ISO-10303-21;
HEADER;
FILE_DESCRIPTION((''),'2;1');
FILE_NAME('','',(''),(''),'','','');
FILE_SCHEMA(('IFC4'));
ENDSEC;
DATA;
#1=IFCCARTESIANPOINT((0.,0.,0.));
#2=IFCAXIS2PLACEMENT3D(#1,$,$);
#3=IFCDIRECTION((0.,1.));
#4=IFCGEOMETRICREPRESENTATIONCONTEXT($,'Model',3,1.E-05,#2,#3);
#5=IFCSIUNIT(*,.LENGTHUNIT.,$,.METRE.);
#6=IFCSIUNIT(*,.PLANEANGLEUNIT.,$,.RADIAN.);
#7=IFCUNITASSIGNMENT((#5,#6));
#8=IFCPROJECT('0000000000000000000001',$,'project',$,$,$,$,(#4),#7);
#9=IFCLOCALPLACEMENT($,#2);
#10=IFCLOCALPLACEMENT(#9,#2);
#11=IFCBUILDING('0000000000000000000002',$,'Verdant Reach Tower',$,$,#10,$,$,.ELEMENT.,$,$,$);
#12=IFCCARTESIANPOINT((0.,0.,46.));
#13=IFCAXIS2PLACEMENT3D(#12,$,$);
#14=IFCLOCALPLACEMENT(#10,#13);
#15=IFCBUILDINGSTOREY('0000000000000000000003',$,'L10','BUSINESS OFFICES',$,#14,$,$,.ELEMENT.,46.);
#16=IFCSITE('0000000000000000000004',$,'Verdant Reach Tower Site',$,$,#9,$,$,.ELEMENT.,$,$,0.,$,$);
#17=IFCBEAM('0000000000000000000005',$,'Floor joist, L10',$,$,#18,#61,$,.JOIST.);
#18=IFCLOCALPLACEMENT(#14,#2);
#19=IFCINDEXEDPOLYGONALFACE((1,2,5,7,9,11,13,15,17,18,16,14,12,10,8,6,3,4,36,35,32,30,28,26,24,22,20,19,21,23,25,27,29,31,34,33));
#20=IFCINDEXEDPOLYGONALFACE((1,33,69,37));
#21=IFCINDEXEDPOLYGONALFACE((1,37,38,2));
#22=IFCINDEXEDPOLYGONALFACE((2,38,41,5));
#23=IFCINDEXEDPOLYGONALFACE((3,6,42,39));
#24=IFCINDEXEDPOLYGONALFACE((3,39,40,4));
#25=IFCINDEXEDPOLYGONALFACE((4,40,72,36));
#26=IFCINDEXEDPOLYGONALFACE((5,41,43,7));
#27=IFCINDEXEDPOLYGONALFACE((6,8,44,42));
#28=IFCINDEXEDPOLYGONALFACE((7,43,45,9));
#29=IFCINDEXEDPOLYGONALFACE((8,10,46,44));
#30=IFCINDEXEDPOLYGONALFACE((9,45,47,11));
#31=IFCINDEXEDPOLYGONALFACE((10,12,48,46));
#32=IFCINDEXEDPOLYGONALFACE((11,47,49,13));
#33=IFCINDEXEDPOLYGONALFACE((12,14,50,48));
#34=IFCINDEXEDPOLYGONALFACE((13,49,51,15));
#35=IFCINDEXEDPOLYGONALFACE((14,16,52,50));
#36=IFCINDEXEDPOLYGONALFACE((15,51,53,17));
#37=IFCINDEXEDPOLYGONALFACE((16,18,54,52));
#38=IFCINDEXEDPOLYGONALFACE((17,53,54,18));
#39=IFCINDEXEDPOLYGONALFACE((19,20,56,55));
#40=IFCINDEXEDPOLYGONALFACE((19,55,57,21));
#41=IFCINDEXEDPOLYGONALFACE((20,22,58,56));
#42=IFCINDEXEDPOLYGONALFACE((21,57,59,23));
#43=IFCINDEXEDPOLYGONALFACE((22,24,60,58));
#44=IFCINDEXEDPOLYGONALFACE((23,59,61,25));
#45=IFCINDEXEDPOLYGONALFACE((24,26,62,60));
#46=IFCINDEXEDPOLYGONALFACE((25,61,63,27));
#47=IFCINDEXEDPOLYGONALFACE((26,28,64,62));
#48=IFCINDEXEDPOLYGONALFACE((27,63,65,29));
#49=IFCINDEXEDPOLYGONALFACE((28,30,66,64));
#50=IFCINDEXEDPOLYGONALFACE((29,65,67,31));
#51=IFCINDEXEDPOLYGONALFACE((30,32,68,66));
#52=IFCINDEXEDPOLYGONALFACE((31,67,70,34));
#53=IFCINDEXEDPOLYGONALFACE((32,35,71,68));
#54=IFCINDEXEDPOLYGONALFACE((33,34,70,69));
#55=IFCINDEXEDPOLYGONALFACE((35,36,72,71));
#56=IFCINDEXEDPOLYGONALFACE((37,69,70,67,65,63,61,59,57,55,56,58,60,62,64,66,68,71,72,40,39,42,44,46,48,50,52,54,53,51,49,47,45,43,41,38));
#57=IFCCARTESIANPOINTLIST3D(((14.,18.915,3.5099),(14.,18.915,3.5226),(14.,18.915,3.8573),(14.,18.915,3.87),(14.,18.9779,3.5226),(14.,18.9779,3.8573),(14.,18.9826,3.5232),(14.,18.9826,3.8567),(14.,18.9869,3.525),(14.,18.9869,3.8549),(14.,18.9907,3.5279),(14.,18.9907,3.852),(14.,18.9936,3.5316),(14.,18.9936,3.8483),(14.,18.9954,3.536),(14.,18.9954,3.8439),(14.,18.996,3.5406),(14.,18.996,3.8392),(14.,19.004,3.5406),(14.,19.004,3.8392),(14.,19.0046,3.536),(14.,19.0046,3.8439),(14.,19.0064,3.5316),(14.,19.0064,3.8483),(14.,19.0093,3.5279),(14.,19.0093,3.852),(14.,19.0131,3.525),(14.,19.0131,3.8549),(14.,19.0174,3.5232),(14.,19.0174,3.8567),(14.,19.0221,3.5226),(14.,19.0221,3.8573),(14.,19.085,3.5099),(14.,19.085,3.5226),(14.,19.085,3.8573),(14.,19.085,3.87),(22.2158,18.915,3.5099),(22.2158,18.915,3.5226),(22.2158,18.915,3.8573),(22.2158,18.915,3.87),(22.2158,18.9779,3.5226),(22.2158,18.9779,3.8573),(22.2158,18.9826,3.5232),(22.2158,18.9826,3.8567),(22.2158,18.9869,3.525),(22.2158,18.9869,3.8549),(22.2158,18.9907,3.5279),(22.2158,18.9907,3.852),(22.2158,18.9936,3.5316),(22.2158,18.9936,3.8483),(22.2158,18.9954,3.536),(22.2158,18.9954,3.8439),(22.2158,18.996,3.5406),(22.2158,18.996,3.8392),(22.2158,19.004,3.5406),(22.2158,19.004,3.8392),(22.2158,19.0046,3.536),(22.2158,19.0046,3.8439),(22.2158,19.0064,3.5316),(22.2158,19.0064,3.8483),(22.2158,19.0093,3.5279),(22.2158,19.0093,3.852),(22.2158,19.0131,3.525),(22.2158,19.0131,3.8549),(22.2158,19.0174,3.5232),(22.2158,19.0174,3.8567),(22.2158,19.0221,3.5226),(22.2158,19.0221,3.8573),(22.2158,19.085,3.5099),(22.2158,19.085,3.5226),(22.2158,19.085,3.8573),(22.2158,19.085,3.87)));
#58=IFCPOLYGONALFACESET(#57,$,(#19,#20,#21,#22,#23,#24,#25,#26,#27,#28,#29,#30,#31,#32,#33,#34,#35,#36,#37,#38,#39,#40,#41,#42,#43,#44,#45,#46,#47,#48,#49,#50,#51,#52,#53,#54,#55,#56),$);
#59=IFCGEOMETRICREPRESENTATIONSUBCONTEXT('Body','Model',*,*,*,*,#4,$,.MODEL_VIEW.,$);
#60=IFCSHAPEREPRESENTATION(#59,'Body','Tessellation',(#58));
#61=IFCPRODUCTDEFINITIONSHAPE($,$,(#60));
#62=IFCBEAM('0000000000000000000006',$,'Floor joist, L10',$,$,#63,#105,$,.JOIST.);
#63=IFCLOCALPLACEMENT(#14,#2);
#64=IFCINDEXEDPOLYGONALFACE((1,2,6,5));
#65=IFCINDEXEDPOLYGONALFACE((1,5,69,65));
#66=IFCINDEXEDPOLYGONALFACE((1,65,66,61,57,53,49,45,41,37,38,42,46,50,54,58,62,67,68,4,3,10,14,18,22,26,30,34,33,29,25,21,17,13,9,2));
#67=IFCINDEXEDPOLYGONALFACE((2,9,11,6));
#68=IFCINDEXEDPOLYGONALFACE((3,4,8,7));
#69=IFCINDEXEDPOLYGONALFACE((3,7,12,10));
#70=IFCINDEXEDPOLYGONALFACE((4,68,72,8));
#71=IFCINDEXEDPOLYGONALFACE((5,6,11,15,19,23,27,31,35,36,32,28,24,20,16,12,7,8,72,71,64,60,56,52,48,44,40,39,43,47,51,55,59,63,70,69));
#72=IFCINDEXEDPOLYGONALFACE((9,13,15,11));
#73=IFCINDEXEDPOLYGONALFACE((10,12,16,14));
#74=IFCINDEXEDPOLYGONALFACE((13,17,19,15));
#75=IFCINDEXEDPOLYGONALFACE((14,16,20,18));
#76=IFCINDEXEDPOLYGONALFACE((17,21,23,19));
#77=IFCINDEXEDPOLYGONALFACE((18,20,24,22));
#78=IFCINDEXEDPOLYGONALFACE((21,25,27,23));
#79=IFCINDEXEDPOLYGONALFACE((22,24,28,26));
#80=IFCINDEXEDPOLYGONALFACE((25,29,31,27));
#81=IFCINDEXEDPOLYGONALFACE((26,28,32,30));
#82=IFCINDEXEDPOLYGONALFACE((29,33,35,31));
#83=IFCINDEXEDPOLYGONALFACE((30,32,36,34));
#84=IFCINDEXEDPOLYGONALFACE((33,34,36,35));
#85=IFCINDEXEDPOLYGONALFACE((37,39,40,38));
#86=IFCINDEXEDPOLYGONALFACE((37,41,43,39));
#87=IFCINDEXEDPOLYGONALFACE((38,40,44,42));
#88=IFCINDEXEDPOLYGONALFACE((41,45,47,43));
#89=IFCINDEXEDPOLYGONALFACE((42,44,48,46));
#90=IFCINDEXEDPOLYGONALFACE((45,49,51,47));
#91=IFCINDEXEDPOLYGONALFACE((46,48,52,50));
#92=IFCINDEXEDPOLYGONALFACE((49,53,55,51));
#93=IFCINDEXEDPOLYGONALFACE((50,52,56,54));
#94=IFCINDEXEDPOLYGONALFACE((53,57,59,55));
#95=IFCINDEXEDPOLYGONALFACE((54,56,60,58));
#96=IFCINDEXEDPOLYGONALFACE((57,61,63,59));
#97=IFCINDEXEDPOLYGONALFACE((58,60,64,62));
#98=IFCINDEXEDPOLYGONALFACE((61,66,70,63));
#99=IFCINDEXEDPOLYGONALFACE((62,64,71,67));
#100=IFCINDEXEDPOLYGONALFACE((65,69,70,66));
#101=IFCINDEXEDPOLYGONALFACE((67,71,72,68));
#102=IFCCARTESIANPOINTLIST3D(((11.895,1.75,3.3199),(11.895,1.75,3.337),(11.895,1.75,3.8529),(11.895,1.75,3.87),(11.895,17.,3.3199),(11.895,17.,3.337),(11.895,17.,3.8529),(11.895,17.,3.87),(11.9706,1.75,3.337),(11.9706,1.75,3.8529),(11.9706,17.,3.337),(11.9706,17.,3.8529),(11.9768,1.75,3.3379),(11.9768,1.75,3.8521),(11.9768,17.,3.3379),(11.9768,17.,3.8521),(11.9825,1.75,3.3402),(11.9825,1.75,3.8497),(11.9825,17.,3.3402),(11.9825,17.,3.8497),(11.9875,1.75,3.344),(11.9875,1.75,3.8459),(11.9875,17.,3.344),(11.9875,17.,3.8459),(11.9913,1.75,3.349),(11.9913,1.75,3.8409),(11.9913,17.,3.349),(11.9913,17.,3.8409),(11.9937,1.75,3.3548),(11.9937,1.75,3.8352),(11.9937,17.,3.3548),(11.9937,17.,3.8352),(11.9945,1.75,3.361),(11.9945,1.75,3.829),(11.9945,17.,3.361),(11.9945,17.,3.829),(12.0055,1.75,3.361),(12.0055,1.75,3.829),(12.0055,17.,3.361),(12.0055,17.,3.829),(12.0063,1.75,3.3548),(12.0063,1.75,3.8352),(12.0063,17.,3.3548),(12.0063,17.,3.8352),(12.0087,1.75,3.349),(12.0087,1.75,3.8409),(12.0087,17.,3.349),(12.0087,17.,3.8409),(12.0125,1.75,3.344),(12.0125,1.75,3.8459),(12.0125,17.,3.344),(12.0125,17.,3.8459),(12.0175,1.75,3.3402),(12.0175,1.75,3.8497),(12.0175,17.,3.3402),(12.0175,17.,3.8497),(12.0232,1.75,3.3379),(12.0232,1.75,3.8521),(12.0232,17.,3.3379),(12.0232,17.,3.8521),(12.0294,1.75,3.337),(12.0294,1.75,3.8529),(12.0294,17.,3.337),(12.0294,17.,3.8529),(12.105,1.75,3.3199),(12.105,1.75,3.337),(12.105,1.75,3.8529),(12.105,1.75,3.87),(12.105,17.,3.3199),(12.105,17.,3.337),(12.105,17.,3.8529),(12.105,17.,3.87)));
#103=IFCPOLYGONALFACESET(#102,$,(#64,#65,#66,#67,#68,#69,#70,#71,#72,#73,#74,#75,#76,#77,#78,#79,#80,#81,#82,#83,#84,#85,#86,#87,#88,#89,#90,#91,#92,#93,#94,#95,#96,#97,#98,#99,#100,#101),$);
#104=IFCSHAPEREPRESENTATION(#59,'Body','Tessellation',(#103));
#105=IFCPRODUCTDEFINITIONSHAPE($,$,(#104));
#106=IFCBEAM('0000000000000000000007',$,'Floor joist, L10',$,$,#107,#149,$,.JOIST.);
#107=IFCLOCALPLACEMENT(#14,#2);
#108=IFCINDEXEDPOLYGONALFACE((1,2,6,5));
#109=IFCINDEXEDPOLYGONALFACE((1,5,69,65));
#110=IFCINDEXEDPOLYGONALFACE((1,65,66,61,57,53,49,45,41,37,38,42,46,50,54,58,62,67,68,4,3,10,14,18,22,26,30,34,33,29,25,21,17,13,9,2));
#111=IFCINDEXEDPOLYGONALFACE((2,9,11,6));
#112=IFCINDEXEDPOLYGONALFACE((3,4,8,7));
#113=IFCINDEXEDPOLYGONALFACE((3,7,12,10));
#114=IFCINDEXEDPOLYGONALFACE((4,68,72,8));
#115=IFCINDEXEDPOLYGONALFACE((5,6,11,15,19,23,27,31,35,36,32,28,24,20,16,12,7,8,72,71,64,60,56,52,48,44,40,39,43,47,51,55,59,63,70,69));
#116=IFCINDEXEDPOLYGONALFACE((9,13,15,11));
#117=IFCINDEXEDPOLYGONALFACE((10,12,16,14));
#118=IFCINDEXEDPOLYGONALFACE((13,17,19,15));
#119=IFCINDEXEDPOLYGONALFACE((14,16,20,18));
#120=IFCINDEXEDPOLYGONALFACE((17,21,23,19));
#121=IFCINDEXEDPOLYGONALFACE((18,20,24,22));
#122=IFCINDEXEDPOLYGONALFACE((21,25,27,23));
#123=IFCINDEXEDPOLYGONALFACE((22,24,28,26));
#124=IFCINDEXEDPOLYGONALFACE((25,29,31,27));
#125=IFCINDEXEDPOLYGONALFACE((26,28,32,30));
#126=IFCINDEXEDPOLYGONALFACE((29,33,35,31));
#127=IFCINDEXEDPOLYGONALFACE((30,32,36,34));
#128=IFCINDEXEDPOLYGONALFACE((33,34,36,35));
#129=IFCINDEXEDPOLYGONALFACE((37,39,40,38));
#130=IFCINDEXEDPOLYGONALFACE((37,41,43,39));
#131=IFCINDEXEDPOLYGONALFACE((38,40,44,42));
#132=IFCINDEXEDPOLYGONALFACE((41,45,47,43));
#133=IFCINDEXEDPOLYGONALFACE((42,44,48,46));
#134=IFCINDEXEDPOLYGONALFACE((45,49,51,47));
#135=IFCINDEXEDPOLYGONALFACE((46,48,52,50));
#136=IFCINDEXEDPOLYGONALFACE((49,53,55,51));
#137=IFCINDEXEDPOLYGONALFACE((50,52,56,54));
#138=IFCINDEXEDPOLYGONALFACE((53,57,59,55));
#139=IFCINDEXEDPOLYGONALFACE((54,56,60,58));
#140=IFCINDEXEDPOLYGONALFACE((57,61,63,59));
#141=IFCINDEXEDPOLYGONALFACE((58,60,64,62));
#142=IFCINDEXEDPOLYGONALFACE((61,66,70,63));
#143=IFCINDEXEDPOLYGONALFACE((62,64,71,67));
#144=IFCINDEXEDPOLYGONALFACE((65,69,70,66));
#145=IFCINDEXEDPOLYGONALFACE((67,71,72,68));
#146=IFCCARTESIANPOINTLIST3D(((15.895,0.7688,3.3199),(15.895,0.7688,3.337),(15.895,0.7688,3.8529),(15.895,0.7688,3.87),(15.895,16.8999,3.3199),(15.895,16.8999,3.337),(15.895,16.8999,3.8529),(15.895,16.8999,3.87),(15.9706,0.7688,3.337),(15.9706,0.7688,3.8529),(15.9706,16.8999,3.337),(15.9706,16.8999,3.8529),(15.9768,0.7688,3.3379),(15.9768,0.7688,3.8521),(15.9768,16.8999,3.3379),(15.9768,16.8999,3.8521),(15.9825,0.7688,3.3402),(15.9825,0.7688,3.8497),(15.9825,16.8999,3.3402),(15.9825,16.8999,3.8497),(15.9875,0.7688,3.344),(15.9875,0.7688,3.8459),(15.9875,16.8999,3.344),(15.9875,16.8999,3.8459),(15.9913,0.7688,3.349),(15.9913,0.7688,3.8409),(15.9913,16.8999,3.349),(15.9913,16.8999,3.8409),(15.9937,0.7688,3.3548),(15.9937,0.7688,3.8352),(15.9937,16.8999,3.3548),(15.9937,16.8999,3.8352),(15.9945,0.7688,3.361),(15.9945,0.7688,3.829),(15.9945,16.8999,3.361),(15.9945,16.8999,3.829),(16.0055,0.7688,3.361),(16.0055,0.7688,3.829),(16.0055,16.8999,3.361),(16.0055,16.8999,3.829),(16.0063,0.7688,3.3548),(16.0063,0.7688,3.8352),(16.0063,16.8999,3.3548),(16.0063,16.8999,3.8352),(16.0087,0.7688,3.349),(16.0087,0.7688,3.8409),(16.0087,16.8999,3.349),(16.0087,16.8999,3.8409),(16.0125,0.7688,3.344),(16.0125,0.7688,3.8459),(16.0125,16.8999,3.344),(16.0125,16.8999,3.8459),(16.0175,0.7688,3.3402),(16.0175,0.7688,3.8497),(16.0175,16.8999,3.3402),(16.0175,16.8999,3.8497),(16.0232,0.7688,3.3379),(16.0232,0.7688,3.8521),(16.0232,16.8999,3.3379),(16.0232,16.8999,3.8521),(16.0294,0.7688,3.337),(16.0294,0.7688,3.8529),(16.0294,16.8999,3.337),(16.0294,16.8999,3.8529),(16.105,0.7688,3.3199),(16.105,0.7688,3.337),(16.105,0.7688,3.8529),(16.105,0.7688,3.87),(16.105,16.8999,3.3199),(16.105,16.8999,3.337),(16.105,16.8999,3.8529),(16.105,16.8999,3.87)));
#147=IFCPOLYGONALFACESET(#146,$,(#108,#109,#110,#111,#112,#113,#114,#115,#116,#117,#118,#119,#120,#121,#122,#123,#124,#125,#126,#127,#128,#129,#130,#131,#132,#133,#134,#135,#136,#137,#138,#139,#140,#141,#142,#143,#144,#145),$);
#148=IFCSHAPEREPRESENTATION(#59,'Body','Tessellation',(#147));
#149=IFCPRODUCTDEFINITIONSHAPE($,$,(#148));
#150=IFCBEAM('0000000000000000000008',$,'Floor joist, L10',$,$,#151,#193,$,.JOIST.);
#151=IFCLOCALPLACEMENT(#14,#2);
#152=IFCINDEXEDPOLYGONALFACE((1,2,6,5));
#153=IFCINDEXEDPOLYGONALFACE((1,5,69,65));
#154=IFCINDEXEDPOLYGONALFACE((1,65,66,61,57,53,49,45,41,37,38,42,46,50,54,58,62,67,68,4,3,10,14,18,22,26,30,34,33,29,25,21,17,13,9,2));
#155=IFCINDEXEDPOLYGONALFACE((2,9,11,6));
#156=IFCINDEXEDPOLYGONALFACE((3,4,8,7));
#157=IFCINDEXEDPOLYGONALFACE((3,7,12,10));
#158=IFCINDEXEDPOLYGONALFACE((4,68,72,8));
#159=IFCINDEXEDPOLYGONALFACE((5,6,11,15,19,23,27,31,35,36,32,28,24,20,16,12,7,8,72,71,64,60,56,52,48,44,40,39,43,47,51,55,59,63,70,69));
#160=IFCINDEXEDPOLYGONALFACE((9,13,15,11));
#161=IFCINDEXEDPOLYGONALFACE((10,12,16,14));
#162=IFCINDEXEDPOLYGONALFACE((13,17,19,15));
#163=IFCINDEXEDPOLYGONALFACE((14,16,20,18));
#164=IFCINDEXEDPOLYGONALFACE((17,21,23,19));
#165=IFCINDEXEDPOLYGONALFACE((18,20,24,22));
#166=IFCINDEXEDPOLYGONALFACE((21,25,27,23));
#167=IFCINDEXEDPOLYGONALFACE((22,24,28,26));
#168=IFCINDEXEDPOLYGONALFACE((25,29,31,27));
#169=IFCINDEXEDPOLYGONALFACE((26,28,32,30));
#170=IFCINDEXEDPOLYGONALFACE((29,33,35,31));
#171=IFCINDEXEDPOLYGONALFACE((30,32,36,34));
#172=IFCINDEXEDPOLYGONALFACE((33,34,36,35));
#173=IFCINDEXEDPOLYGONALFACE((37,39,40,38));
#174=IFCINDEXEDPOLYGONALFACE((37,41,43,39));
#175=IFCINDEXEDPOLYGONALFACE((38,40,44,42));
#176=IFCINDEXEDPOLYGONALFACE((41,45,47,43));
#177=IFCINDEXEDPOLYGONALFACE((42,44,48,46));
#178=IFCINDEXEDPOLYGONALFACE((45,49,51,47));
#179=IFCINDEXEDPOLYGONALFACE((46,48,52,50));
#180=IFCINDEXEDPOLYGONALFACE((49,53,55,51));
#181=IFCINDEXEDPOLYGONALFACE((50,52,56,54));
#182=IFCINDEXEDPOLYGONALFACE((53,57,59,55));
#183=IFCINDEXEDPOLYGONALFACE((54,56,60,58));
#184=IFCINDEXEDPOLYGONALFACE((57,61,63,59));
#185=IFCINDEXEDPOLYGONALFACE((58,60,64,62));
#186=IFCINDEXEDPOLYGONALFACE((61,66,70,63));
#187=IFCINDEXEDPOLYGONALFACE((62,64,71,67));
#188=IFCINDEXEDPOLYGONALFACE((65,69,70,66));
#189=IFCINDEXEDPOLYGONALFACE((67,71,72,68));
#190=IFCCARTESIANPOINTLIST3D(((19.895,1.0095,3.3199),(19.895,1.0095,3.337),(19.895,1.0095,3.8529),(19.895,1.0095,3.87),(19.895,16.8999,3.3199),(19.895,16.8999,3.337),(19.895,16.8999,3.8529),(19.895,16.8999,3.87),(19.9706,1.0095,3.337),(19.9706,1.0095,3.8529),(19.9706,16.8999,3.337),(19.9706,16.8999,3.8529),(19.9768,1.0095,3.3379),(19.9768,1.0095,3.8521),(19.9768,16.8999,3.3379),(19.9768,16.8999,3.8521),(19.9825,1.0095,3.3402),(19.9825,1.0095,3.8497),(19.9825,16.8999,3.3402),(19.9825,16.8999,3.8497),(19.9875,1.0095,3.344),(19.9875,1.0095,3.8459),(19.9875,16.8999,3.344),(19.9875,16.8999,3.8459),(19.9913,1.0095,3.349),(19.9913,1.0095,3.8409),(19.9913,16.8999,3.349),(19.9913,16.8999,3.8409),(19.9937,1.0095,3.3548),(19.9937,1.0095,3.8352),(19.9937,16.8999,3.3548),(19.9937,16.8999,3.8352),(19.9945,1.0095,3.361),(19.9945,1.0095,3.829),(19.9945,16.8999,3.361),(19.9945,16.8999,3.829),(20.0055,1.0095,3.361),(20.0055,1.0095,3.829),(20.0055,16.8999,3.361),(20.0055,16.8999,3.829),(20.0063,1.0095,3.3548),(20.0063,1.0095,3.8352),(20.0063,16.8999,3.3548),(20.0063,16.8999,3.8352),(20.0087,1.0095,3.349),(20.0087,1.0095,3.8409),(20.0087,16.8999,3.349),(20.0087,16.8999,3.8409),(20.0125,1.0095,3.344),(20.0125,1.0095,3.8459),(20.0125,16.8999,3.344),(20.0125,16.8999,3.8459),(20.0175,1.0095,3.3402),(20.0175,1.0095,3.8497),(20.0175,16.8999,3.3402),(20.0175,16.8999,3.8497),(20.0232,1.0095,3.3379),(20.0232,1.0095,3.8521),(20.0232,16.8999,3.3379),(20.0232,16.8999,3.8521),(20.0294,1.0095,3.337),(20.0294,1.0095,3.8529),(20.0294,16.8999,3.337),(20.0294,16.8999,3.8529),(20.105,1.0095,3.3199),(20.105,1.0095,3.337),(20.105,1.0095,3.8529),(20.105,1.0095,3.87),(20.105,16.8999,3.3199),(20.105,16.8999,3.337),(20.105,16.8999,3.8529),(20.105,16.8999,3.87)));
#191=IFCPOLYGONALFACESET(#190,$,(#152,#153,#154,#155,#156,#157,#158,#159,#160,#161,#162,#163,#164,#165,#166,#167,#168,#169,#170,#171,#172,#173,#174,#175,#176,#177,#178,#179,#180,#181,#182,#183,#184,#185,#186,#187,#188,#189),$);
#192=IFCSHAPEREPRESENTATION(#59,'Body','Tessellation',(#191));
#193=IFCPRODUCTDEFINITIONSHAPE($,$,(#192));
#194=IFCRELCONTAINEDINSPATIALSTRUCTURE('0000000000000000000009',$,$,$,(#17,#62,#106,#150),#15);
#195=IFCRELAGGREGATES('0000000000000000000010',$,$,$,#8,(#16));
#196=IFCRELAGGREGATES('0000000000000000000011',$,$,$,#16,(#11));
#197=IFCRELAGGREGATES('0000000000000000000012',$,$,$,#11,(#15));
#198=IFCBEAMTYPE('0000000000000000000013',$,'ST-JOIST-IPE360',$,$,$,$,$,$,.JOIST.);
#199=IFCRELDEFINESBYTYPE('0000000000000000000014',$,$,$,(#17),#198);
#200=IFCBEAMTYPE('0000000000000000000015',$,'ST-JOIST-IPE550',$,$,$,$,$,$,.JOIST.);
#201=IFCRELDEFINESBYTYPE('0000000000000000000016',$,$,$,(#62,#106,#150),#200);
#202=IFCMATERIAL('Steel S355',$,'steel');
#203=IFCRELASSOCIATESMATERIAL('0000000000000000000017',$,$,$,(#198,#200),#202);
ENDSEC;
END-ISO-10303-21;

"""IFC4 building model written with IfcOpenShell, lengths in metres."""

from ifc_helpers import new_model, si_unit, direction, frame, origin, origin_2d, place, context, subcontext, project, spatial, i_section, extrude, material, material_profile, profile_set, type_object, element, save


model = new_model("IFC4")

# Units and contexts
model_context = context("Model", 3, precision=1e-05, world=origin(), true_north=direction((0.0, 1.0)))
body_context = subcontext(model_context, "Body", "Model", "MODEL_VIEW")
ifc_project = project(units=[si_unit("LENGTHUNIT", "METRE"), si_unit("PLANEANGLEUNIT", "RADIAN")], contexts=[model_context])

# Site, building, storey
site_placement = place(None, origin())
site = spatial("IfcSite", under=ifc_project, at=site_placement, Name="Verdant Reach Tower Site", CompositionType="ELEMENT", RefElevation=0.0)
building_placement = place(site_placement, origin())
building = spatial("IfcBuilding", under=site, at=building_placement, Name="Verdant Reach Tower", CompositionType="ELEMENT")
storey_placement = place(building_placement, frame((0.0, 0.0, 46.0)))
storey = spatial("IfcBuildingStorey", under=building, at=storey_placement, Name="L10", Description="BUSINESS OFFICES", CompositionType="ELEMENT", Elevation=46.0)

# Beams
ifc_material_1 = material(Name="Steel S355", Category="steel")
ifc_material_profile_1 = material_profile(ifc_material_1, i_section(OverallWidth=0.1699, OverallDepth=0.3601, WebThickness=0.0081, FlangeThickness=0.0127, FilletRadius=0.0181, at=origin_2d()), Name="IPE 360")
ifc_profile_set_1 = profile_set([ifc_material_profile_1], Name="Steel S355")
beam_type_1 = type_object("IfcBeamType", Name="ST-JOIST-IPE360", PredefinedType="JOIST", material=ifc_profile_set_1)
beam_1_placement = place(storey_placement, frame((14.0, 19.0, 3.6899), z_axis=(1.0, 0.0, 0.0), x_axis=(0.0, 1.0, 0.0)))
element("IfcBeam", 1, at=beam_1_placement, inside=storey, type_object=beam_type_1, Name="Floor joist, L10", PredefinedType="JOIST", context=body_context, shape_type="SweptSolid", body=[
    extrude(i_section(OverallWidth=0.1699, OverallDepth=0.3601, WebThickness=0.0081, FlangeThickness=0.0127, FilletRadius=0.0181, at=origin_2d()), origin(), (0.0, 0.0, 1.0), 8.2158),
])
ifc_material_profile_2 = material_profile(ifc_material_1, i_section(OverallWidth=0.21, OverallDepth=0.55, WebThickness=0.011, FlangeThickness=0.0171, FilletRadius=0.0239, at=origin_2d()), Name="IPE 550")
ifc_profile_set_2 = profile_set([ifc_material_profile_2], Name="Steel S355")
beam_type_2 = type_object("IfcBeamType", Name="ST-JOIST-IPE550", PredefinedType="JOIST", material=ifc_profile_set_2)
beam_2_placement = place(storey_placement, frame((12.0, 17.0, 3.595), z_axis=(0.0, -1.0, 0.0), x_axis=(1.0, 0.0, 0.0)))
element("IfcBeam", 2, at=beam_2_placement, inside=storey, type_object=beam_type_2, Name="Floor joist, L10", PredefinedType="JOIST", context=body_context, shape_type="SweptSolid", body=[
    extrude(i_section(OverallWidth=0.21, OverallDepth=0.55, WebThickness=0.011, FlangeThickness=0.0171, FilletRadius=0.0239, at=origin_2d()), origin(), (0.0, 0.0, 1.0), 15.25),
])
beam_3_placement = place(storey_placement, frame((16.0, 16.8999, 3.595), z_axis=(0.0, -1.0, 0.0), x_axis=(1.0, 0.0, 0.0)))
element("IfcBeam", 3, at=beam_3_placement, inside=storey, type_object=beam_type_2, Name="Floor joist, L10", PredefinedType="JOIST", context=body_context, shape_type="SweptSolid", body=[
    extrude(i_section(OverallWidth=0.21, OverallDepth=0.55, WebThickness=0.011, FlangeThickness=0.0171, FilletRadius=0.0239, at=origin_2d()), origin(), (0.0, 0.0, 1.0), 16.1311),
])
beam_4_placement = place(storey_placement, frame((20.0, 16.8999, 3.595), z_axis=(0.0, -1.0, 0.0), x_axis=(1.0, 0.0, 0.0)))
element("IfcBeam", 4, at=beam_4_placement, inside=storey, type_object=beam_type_2, Name="Floor joist, L10", PredefinedType="JOIST", context=body_context, shape_type="SweptSolid", body=[
    extrude(i_section(OverallWidth=0.21, OverallDepth=0.55, WebThickness=0.011, FlangeThickness=0.0171, FilletRadius=0.0239, at=origin_2d()), origin(), (0.0, 0.0, 1.0), 15.8904),
])

save(model, "model.ifc")
